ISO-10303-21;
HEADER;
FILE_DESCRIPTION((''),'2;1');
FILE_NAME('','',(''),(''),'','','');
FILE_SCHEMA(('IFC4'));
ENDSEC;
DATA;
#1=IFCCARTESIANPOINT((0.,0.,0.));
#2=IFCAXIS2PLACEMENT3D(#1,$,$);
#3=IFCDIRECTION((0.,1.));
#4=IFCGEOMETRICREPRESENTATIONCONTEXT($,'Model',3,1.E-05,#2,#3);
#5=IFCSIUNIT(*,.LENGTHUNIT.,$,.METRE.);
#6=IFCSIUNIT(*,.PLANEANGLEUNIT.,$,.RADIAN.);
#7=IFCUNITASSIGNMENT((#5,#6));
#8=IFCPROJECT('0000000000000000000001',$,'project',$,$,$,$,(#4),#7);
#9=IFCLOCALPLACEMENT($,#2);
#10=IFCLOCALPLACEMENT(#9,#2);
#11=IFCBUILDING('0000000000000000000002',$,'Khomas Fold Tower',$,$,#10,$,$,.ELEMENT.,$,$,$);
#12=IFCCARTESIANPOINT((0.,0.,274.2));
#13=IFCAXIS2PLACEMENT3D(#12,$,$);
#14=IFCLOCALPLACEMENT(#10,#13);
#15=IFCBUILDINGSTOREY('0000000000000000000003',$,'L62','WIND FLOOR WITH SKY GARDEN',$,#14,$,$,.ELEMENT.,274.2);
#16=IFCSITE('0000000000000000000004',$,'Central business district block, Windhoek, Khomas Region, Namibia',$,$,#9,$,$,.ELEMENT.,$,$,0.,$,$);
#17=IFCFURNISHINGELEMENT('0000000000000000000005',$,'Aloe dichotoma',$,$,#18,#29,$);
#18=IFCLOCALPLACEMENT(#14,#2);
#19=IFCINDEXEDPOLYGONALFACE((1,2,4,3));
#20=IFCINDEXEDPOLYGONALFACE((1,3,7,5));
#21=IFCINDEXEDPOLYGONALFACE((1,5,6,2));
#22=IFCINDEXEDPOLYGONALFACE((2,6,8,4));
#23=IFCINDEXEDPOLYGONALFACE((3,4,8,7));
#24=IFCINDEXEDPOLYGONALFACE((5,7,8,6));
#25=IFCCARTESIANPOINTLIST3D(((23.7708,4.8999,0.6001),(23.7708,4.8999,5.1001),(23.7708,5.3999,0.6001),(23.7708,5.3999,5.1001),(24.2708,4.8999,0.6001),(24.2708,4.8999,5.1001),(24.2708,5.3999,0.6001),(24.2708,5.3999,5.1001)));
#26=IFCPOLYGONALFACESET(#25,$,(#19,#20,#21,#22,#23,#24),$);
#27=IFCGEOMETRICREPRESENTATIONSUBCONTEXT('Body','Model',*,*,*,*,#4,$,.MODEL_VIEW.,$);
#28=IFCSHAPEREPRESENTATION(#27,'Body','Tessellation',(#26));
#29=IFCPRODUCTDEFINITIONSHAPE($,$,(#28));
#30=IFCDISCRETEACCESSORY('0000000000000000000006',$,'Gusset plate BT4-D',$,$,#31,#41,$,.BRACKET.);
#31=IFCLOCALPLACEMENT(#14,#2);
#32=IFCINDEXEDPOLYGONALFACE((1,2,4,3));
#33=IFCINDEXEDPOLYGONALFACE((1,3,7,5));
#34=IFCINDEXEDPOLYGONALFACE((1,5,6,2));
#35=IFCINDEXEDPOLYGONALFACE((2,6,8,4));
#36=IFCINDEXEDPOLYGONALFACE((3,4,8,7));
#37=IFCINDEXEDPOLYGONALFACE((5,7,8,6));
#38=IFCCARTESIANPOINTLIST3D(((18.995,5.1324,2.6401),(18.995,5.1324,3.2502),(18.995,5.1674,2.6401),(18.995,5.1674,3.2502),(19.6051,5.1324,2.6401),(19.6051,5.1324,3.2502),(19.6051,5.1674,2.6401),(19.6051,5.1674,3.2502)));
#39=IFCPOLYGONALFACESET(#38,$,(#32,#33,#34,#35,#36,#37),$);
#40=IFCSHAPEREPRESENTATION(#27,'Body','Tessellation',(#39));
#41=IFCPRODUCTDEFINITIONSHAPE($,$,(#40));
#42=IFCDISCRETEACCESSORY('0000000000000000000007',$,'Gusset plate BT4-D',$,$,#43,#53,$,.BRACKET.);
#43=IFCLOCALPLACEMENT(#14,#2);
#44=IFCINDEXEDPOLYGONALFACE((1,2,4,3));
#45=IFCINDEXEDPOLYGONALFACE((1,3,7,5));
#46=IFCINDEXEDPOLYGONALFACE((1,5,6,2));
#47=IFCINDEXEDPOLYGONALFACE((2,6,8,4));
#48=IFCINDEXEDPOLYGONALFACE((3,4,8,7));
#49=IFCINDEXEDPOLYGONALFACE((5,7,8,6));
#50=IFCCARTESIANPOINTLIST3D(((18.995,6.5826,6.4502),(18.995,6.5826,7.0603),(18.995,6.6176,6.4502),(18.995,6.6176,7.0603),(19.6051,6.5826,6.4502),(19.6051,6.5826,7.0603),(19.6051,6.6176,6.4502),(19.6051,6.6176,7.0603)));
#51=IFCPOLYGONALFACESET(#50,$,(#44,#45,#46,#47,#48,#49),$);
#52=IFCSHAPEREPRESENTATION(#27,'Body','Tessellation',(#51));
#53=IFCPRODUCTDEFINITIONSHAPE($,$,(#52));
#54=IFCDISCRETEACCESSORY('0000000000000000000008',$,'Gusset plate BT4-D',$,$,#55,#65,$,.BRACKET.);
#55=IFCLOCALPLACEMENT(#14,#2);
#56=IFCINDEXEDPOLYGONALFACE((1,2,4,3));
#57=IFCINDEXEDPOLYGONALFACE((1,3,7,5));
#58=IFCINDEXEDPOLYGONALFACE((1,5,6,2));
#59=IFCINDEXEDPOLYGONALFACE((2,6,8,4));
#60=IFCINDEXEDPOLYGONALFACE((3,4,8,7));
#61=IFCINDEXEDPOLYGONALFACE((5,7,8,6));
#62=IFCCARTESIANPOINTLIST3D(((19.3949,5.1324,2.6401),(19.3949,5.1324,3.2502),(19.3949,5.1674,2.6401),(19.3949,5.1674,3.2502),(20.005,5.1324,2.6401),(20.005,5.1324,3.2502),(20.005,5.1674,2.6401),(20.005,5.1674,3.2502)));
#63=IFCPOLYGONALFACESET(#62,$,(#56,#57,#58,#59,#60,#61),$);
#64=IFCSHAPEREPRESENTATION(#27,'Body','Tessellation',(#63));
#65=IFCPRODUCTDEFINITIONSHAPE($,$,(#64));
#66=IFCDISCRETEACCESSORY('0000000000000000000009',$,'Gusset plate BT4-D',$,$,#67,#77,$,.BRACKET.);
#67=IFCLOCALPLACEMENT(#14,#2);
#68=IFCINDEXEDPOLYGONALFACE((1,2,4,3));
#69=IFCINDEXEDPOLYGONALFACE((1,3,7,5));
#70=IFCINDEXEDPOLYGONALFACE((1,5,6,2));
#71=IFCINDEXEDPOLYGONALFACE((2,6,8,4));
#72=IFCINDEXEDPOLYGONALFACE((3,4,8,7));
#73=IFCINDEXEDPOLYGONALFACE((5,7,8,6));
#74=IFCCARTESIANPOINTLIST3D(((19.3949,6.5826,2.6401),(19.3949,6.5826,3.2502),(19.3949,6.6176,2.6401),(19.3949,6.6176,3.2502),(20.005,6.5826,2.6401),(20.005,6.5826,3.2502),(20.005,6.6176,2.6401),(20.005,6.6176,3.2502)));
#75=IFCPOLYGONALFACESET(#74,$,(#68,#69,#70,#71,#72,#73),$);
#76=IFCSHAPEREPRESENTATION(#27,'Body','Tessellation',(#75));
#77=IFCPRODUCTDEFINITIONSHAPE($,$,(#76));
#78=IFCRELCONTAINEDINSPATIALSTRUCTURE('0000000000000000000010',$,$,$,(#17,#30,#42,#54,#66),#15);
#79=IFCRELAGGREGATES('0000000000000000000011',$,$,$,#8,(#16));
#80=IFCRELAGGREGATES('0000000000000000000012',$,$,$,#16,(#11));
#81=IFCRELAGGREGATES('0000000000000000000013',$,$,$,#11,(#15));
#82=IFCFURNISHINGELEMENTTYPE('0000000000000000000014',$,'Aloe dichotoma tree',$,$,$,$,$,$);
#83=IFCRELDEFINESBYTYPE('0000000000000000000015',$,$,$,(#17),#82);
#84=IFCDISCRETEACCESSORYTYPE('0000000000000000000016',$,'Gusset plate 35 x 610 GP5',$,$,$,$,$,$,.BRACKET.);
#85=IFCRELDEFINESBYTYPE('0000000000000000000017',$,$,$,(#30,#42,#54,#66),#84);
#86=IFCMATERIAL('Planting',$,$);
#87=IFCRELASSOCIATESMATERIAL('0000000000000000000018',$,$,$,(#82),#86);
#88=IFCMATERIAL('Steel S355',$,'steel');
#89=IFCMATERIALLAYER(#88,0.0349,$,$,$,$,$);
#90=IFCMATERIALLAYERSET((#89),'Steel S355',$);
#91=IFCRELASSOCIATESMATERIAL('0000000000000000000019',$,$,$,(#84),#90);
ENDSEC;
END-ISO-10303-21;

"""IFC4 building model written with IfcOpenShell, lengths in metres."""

from ifc_helpers import new_model, si_unit, direction, frame, origin, origin_2d, place, context, subcontext, project, spatial, rectangle, extrude, source, transform, mapped, material, layer, layer_set, type_object, element, save


model = new_model("IFC4")

# Units and contexts
model_context = context("Model", 3, precision=1e-05, world=origin(), true_north=direction((0.0, 1.0)))
body_context = subcontext(model_context, "Body", "Model", "MODEL_VIEW")
ifc_project = project(units=[si_unit("LENGTHUNIT", "METRE"), si_unit("PLANEANGLEUNIT", "RADIAN")], contexts=[model_context])

# Site, building, storey
site_placement = place(None, origin())
site = spatial("IfcSite", under=ifc_project, at=site_placement, Name="Central business district block, Windhoek, Khomas Region, Namibia", CompositionType="ELEMENT", RefElevation=0.0)
building_placement = place(site_placement, origin())
building = spatial("IfcBuilding", under=site, at=building_placement, Name="Khomas Fold Tower", CompositionType="ELEMENT")
storey_placement = place(building_placement, frame((0.0, 0.0, 274.2)))
storey = spatial("IfcBuildingStorey", under=building, at=storey_placement, Name="L62", Description="WIND FLOOR WITH SKY GARDEN", CompositionType="ELEMENT", Elevation=274.2)

# Furnishing element
ifc_material_1 = material(Name="Planting")
furnishing_element_type_1 = type_object("IfcFurnishingElementType", Name="Aloe dichotoma tree", material=ifc_material_1)
shared_shape_1 = source(origin(), body_context, "Body", "SweptSolid", [
    extrude(rectangle(XDim=0.5, YDim=0.5, at=origin_2d()), origin(), (0.0, 0.0, 1.0), 4.5),
])
furnishing_1_placement = place(storey_placement, frame((24.0208, 5.1499, 0.6001), z_axis=(0.0, 0.0, 1.0), x_axis=(1.0, 0.0, 0.0)))
element("IfcFurnishingElement", 1, at=furnishing_1_placement, inside=storey, type_object=furnishing_element_type_1, Name="Aloe dichotoma", context=body_context, shape_type="MappedRepresentation", body=[
    mapped(shared_shape_1, transform((0.0, 0.0, 0.0))),
])

# Discrete accessories
ifc_material_2 = material(Name="Steel S355", Category="steel")
ifc_layer_1 = layer(ifc_material_2, 0.0349)
ifc_layer_set_1 = layer_set([ifc_layer_1], Name="Steel S355")
discrete_accessory_type = type_object("IfcDiscreteAccessoryType", Name="Gusset plate 35 x 610 GP5", PredefinedType="BRACKET", material=ifc_layer_set_1)
shared_shape_2 = source(origin(), body_context, "Body", "SweptSolid", [
    extrude(rectangle(XDim=0.6101, YDim=0.0349, at=origin_2d()), origin(), (0.0, 0.0, 1.0), 0.6101),
])
for number, where, z_axis, x_axis, name in (
    (2, (19.3, 5.1499, 2.6401), (0.0, 0.0, 1.0), (1.0, 0.0, 0.0), "Gusset plate BT4-D"),
    (3, (19.3, 6.6001, 6.4502), (0.0, 0.0, 1.0), (1.0, 0.0, 0.0), "Gusset plate BT4-D"),
    (4, (19.7, 5.1499, 2.6401), (0.0, 0.0, 1.0), (1.0, 0.0, 0.0), "Gusset plate BT4-D"),
    (5, (19.7, 6.6001, 2.6401), (0.0, 0.0, 1.0), (1.0, 0.0, 0.0), "Gusset plate BT4-D"),
):
    element("IfcDiscreteAccessory", number, at=place(storey_placement, frame(where, z_axis=z_axis, x_axis=x_axis)), inside=storey, type_object=discrete_accessory_type, Name=name, PredefinedType="BRACKET", context=body_context, shape_type="MappedRepresentation", body=[
        mapped(shared_shape_2, transform((0.0, 0.0, 0.0))),
    ])

save(model, "model.ifc")
